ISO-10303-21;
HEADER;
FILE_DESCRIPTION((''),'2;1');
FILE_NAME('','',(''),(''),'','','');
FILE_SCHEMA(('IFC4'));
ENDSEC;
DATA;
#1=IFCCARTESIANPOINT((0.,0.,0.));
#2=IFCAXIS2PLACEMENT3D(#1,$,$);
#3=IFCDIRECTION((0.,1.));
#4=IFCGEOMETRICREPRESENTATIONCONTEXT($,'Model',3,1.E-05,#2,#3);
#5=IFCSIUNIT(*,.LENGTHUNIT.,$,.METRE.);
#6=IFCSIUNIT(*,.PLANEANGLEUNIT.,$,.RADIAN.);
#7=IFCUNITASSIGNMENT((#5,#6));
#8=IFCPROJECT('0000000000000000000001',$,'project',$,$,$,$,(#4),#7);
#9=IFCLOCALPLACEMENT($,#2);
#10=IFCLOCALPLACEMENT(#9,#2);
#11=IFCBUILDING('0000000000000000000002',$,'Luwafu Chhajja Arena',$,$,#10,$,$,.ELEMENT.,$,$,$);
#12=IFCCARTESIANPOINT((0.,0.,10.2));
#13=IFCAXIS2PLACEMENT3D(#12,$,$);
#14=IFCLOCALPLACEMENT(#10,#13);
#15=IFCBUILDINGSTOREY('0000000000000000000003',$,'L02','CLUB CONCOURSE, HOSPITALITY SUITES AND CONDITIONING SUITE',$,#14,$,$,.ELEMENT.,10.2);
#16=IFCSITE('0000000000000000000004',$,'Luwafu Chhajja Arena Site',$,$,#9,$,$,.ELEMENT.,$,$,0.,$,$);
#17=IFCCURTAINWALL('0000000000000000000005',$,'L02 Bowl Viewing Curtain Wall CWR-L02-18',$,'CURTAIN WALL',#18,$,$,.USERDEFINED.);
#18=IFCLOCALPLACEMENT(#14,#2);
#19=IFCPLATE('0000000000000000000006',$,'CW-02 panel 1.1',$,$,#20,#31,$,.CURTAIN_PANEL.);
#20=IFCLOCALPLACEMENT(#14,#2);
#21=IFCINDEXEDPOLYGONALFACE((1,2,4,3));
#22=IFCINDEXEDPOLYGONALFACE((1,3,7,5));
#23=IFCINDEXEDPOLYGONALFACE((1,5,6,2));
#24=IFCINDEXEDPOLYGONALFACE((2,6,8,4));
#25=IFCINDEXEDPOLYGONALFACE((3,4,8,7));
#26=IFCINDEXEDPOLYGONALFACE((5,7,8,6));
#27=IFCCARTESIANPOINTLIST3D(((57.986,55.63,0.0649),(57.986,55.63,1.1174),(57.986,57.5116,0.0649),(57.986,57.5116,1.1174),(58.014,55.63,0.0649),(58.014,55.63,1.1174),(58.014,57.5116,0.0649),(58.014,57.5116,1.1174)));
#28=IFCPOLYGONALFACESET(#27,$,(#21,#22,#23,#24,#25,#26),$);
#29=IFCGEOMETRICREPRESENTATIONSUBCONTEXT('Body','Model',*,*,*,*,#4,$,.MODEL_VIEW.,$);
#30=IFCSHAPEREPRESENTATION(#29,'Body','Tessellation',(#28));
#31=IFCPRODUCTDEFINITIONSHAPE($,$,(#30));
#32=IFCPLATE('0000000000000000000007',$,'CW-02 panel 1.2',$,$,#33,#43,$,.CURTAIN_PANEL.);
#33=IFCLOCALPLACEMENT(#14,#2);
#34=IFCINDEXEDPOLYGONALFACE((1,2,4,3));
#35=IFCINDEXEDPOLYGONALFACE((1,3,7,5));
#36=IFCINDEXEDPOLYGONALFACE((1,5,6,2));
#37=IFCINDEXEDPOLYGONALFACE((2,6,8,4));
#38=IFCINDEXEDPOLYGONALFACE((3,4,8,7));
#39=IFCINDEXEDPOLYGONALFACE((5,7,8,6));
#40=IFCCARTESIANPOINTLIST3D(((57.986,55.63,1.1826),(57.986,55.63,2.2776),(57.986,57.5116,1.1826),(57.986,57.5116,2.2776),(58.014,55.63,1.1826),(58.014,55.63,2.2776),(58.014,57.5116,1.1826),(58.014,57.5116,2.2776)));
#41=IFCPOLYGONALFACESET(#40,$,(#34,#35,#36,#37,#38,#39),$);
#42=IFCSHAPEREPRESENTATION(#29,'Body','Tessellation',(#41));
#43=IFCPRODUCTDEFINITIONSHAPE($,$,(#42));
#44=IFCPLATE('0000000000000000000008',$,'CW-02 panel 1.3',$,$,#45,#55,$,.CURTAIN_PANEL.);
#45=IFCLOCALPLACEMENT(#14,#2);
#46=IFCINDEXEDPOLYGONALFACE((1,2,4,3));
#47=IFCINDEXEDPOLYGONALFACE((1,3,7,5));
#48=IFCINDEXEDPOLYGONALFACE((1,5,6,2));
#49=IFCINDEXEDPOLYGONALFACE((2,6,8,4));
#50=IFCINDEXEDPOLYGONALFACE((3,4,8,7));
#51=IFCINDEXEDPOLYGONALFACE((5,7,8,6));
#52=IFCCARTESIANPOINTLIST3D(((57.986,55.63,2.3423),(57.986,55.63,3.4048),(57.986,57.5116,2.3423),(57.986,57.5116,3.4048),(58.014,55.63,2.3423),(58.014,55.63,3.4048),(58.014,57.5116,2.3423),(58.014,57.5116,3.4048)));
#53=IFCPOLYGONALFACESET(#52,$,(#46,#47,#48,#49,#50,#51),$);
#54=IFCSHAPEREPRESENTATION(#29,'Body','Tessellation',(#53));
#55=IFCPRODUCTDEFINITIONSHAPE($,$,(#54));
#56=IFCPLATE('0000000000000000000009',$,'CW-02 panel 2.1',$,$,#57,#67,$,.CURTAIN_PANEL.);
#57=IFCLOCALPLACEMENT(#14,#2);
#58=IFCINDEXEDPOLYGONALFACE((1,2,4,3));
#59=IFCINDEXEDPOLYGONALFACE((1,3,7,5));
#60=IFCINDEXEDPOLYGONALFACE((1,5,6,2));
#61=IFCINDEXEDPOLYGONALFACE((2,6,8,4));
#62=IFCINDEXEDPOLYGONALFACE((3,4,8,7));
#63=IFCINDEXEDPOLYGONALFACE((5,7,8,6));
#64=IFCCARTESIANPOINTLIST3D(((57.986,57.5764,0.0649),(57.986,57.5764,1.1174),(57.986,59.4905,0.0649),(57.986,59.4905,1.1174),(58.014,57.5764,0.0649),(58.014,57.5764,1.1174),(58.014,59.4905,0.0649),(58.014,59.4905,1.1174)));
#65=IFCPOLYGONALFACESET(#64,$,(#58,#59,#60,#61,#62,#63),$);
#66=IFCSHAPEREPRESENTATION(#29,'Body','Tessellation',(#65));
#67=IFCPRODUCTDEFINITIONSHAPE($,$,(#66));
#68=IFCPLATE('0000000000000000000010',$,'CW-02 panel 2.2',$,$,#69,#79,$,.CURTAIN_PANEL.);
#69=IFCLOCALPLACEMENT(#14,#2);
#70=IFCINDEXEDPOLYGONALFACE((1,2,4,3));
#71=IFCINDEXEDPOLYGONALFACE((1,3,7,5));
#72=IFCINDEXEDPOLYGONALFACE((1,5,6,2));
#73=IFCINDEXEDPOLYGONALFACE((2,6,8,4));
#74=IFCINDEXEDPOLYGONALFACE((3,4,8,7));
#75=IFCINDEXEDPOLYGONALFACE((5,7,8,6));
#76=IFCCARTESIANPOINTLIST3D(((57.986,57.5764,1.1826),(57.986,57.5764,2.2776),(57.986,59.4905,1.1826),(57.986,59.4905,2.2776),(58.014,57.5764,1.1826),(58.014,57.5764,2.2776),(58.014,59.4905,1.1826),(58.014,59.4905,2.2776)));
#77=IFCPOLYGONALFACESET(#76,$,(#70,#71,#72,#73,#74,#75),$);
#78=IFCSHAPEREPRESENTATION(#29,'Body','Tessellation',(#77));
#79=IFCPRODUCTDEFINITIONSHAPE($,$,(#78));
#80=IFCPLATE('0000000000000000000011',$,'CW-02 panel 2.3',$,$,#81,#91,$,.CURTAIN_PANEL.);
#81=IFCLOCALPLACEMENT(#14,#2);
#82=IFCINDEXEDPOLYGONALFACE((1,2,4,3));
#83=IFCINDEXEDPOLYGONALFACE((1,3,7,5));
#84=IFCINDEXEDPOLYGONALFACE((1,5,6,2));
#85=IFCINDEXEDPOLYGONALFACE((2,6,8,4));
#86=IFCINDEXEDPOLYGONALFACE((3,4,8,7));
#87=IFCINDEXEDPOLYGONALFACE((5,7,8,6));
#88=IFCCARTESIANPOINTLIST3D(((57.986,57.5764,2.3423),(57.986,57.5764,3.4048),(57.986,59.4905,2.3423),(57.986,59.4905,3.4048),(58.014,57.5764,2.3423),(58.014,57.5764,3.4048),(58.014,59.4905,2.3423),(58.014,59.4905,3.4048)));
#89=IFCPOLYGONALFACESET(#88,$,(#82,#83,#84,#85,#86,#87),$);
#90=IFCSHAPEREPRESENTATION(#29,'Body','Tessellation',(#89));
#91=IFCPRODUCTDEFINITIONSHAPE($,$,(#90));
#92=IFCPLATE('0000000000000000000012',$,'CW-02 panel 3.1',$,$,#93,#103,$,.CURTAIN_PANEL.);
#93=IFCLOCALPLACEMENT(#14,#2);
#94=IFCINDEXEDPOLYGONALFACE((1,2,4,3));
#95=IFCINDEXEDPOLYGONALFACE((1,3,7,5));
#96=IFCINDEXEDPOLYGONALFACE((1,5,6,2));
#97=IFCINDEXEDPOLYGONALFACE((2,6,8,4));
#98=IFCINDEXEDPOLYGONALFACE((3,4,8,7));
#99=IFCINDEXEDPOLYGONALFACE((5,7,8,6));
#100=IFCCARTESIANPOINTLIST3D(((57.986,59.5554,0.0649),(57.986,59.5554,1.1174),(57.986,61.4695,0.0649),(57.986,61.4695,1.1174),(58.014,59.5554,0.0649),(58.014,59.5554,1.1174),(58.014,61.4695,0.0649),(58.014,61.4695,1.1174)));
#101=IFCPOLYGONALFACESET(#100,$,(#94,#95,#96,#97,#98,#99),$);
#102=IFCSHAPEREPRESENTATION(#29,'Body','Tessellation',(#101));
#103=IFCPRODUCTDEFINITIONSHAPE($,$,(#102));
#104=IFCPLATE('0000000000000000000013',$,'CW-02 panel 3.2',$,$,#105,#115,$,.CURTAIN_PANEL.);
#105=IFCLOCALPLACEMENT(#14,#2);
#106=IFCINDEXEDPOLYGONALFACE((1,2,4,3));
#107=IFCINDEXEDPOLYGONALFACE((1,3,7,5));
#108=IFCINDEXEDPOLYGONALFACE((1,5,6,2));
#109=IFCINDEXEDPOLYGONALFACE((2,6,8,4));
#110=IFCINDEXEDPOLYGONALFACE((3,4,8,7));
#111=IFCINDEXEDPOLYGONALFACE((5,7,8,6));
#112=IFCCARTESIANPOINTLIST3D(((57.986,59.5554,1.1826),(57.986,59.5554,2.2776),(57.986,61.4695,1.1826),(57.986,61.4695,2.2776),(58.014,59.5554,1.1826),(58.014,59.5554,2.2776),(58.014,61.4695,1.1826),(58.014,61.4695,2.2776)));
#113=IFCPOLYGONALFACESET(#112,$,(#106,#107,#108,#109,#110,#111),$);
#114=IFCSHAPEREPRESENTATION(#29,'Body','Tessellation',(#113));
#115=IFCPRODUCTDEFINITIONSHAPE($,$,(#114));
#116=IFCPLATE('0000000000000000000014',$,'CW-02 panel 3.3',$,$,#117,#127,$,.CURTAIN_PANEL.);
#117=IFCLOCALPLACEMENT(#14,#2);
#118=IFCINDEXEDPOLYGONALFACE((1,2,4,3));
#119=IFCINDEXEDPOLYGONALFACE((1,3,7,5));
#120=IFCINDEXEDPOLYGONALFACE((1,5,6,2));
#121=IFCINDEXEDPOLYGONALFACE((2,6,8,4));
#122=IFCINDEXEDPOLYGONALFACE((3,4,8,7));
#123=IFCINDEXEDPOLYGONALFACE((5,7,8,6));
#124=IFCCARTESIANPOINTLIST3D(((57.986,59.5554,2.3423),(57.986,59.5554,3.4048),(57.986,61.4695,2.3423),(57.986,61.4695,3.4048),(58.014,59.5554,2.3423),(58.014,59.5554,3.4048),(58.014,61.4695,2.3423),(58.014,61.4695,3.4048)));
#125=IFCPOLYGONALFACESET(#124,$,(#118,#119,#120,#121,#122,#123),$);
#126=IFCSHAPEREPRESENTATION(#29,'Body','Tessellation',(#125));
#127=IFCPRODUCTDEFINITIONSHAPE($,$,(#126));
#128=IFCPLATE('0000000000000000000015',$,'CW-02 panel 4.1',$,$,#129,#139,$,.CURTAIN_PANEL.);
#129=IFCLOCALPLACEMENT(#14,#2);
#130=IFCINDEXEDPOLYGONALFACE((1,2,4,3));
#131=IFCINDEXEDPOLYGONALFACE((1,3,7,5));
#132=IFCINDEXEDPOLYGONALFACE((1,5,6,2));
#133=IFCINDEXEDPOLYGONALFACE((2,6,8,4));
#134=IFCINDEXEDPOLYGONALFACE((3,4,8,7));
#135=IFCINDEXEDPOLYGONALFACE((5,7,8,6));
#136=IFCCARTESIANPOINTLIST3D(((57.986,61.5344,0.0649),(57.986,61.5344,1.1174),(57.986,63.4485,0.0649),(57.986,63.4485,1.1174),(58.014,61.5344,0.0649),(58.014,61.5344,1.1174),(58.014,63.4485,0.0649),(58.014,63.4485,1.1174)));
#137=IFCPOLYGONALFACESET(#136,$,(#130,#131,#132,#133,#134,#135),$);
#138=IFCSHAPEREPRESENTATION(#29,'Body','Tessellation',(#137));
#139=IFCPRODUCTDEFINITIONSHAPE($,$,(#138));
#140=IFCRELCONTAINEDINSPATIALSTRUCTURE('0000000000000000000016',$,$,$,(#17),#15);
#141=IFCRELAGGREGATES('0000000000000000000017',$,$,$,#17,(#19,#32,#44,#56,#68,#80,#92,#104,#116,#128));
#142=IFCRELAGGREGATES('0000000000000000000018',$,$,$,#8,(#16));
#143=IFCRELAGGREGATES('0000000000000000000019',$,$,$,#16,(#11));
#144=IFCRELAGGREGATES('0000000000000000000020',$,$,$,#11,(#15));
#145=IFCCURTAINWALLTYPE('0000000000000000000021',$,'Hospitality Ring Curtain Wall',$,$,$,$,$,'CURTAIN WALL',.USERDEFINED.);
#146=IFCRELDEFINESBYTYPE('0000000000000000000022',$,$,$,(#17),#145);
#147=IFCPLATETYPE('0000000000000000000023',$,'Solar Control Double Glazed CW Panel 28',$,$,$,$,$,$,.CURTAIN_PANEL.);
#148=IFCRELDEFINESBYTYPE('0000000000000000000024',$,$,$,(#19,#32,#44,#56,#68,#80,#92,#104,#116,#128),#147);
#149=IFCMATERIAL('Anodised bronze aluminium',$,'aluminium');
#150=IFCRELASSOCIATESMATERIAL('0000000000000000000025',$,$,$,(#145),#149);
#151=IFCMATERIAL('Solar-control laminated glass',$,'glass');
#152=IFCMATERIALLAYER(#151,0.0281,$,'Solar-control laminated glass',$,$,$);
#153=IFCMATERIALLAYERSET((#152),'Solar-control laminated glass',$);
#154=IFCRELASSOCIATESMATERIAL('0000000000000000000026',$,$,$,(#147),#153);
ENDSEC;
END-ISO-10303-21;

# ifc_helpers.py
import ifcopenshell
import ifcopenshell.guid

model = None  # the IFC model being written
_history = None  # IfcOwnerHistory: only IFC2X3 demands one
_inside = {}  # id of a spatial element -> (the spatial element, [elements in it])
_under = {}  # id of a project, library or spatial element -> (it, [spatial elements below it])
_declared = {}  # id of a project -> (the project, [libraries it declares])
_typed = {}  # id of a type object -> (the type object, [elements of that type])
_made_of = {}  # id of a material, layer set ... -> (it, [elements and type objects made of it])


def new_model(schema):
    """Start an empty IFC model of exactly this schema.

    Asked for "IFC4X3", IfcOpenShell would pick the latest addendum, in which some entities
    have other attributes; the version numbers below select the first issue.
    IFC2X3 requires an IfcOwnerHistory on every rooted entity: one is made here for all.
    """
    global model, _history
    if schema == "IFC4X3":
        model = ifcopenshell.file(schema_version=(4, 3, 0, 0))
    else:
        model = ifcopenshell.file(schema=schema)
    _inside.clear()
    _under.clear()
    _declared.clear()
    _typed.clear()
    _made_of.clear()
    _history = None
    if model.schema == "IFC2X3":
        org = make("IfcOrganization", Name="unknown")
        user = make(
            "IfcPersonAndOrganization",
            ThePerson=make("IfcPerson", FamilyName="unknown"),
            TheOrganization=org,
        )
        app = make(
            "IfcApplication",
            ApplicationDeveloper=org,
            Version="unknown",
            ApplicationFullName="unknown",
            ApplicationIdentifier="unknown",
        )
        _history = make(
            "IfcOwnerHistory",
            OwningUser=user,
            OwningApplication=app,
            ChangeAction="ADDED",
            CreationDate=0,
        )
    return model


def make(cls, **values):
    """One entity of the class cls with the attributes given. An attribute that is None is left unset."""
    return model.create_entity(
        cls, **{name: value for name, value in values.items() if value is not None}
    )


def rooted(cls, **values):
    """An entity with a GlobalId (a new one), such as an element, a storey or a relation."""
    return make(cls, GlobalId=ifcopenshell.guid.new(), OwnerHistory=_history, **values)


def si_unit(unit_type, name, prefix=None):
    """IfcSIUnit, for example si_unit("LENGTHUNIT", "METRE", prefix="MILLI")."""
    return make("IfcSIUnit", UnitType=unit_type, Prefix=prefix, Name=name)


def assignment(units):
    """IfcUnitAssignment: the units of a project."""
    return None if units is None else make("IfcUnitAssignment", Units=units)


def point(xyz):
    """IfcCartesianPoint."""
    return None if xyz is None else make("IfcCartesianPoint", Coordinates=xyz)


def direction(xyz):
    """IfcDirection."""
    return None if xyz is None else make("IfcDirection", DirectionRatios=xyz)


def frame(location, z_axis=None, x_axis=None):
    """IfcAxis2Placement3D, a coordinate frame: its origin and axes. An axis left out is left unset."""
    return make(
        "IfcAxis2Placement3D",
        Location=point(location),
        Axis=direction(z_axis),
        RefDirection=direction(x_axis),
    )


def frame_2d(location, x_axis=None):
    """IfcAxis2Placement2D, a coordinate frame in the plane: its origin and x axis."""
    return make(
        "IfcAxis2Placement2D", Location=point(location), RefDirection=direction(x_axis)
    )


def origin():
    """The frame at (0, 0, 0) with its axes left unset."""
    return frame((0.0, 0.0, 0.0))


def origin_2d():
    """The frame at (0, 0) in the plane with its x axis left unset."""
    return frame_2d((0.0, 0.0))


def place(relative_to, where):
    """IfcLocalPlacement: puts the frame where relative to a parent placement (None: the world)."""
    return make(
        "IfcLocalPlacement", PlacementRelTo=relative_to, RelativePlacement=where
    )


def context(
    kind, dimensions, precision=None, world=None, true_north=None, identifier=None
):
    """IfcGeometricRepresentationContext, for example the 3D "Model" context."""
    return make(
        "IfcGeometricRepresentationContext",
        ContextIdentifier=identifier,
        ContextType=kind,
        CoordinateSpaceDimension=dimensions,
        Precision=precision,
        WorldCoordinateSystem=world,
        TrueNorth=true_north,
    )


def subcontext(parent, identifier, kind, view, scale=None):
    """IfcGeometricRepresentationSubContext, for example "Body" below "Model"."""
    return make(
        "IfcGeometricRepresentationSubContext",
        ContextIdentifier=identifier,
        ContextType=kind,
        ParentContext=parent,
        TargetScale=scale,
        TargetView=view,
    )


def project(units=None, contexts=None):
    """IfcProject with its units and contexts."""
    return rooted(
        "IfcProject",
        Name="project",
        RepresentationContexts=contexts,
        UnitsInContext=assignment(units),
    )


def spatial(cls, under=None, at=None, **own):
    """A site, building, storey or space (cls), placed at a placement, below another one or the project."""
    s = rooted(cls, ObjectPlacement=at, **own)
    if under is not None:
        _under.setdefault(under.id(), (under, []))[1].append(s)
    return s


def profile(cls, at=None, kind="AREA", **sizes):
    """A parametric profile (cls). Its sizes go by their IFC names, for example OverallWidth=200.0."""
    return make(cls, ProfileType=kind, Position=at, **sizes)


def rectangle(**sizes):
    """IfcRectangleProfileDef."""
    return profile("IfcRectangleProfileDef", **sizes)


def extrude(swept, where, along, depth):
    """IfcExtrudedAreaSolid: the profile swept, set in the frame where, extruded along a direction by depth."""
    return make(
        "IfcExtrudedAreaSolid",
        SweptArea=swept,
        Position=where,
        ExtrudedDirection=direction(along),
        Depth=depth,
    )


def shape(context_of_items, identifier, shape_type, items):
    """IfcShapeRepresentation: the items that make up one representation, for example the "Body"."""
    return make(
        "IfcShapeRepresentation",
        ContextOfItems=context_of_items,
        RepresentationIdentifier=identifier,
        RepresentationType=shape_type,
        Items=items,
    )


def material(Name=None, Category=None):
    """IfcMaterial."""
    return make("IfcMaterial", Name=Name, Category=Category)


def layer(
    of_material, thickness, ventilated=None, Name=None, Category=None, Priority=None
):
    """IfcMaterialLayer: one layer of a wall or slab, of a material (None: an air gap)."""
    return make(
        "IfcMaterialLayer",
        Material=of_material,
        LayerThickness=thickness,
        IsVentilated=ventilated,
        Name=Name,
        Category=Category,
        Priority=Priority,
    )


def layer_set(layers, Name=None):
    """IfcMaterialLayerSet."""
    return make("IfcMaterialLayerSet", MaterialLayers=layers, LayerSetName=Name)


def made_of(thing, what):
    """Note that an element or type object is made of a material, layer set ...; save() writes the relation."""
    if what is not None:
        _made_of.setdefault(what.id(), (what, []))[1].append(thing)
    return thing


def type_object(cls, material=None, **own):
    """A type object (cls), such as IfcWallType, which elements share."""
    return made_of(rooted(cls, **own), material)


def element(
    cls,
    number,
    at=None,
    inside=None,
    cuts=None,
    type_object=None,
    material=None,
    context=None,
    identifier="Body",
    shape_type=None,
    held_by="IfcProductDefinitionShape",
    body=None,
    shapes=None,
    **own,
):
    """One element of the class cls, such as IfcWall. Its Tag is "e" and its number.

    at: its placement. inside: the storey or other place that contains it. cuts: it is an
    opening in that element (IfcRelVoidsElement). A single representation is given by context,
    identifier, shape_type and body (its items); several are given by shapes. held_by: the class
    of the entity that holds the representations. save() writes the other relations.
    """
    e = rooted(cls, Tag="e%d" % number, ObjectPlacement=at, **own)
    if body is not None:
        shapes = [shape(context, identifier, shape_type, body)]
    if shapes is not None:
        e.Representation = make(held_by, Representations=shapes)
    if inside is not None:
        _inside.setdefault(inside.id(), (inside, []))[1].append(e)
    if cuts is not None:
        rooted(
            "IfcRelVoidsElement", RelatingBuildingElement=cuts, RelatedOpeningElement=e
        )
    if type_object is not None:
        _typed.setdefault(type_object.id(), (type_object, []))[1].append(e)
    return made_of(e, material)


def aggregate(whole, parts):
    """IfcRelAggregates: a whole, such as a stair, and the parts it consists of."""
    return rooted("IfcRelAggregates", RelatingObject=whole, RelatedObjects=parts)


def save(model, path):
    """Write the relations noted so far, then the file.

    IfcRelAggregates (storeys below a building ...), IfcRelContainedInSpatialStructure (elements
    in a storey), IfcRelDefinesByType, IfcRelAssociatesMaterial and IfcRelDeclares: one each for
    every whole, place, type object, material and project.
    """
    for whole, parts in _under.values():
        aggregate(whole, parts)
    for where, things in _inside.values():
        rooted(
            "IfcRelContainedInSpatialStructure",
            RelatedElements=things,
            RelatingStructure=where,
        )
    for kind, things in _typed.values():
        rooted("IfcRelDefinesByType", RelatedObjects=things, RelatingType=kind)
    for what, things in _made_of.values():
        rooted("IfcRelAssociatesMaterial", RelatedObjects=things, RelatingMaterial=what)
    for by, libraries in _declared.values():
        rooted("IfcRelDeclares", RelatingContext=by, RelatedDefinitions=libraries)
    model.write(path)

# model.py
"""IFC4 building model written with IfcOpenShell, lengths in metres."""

from ifc_helpers import new_model, si_unit, direction, frame, origin, origin_2d, place, context, subcontext, project, spatial, rectangle, extrude, material, layer, layer_set, type_object, element, aggregate, save


model = new_model("IFC4")

# Units and contexts
model_context = context("Model", 3, precision=1e-05, world=origin(), true_north=direction((0.0, 1.0)))
body_context = subcontext(model_context, "Body", "Model", "MODEL_VIEW")
ifc_project = project(units=[si_unit("LENGTHUNIT", "METRE"), si_unit("PLANEANGLEUNIT", "RADIAN")], contexts=[model_context])

# Site, building, storey
site_placement = place(None, origin())
site = spatial("IfcSite", under=ifc_project, at=site_placement, Name="Luwafu Chhajja Arena Site", CompositionType="ELEMENT", RefElevation=0.0)
building_placement = place(site_placement, origin())
building = spatial("IfcBuilding", under=site, at=building_placement, Name="Luwafu Chhajja Arena", CompositionType="ELEMENT")
storey_placement = place(building_placement, frame((0.0, 0.0, 10.2)))
storey = spatial("IfcBuildingStorey", under=building, at=storey_placement, Name="L02", Description="CLUB CONCOURSE, HOSPITALITY SUITES AND CONDITIONING SUITE", CompositionType="ELEMENT", Elevation=10.2)

# Curtain wall, plates
ifc_material_1 = material(Name="Anodised bronze aluminium", Category="aluminium")
curtain_wall_type = type_object("IfcCurtainWallType", Name="Hospitality Ring Curtain Wall", ElementType="CURTAIN WALL", PredefinedType="USERDEFINED", material=ifc_material_1)
curtain_wall_placement = place(storey_placement, origin())
curtain_wall = element("IfcCurtainWall", 1, at=curtain_wall_placement, inside=storey, type_object=curtain_wall_type, Name="L02 Bowl Viewing Curtain Wall CWR-L02-18", ObjectType="CURTAIN WALL", PredefinedType="USERDEFINED")
ifc_material_2 = material(Name="Solar-control laminated glass", Category="glass")
ifc_layer = layer(ifc_material_2, 0.0281, Name="Solar-control laminated glass")
ifc_layer_set = layer_set([ifc_layer], Name="Solar-control laminated glass")
plate_type = type_object("IfcPlateType", Name="Solar Control Double Glazed CW Panel 28", PredefinedType="CURTAIN_PANEL", material=ifc_layer_set)
plate_1_placement = place(storey_placement, frame((58.0, 56.5708, 0.0649), z_axis=(0.0, 0.0, 1.0), x_axis=(0.0, 1.0, 0.0)))
plate_1 = element("IfcPlate", 2, at=plate_1_placement, type_object=plate_type, Name="CW-02 panel 1.1", PredefinedType="CURTAIN_PANEL", context=body_context, shape_type="SweptSolid", body=[
    extrude(rectangle(XDim=1.8816, YDim=0.0281, at=origin_2d()), origin(), (0.0, 0.0, 1.0), 1.0525),
])
plate_2_placement = place(storey_placement, frame((58.0, 56.5708, 1.1826), z_axis=(0.0, 0.0, 1.0), x_axis=(0.0, 1.0, 0.0)))
plate_2 = element("IfcPlate", 3, at=plate_2_placement, type_object=plate_type, Name="CW-02 panel 1.2", PredefinedType="CURTAIN_PANEL", context=body_context, shape_type="SweptSolid", body=[
    extrude(rectangle(XDim=1.8816, YDim=0.0281, at=origin_2d()), origin(), (0.0, 0.0, 1.0), 1.095),
])
plate_3_placement = place(storey_placement, frame((58.0, 56.5708, 2.3423), z_axis=(0.0, 0.0, 1.0), x_axis=(0.0, 1.0, 0.0)))
plate_3 = element("IfcPlate", 4, at=plate_3_placement, type_object=plate_type, Name="CW-02 panel 1.3", PredefinedType="CURTAIN_PANEL", context=body_context, shape_type="SweptSolid", body=[
    extrude(rectangle(XDim=1.8816, YDim=0.0281, at=origin_2d()), origin(), (0.0, 0.0, 1.0), 1.0625),
])
plate_4_placement = place(storey_placement, frame((58.0, 58.5334, 0.0649), z_axis=(0.0, 0.0, 1.0), x_axis=(0.0, 1.0, 0.0)))
plate_4 = element("IfcPlate", 5, at=plate_4_placement, type_object=plate_type, Name="CW-02 panel 2.1", PredefinedType="CURTAIN_PANEL", context=body_context, shape_type="SweptSolid", body=[
    extrude(rectangle(XDim=1.9141, YDim=0.0281, at=origin_2d()), origin(), (0.0, 0.0, 1.0), 1.0525),
])
plate_5_placement = place(storey_placement, frame((58.0, 58.5334, 1.1826), z_axis=(0.0, 0.0, 1.0), x_axis=(0.0, 1.0, 0.0)))
plate_5 = element("IfcPlate", 6, at=plate_5_placement, type_object=plate_type, Name="CW-02 panel 2.2", PredefinedType="CURTAIN_PANEL", context=body_context, shape_type="SweptSolid", body=[
    extrude(rectangle(XDim=1.9141, YDim=0.0281, at=origin_2d()), origin(), (0.0, 0.0, 1.0), 1.095),
])
plate_6_placement = place(storey_placement, frame((58.0, 58.5334, 2.3423), z_axis=(0.0, 0.0, 1.0), x_axis=(0.0, 1.0, 0.0)))
plate_6 = element("IfcPlate", 7, at=plate_6_placement, type_object=plate_type, Name="CW-02 panel 2.3", PredefinedType="CURTAIN_PANEL", context=body_context, shape_type="SweptSolid", body=[
    extrude(rectangle(XDim=1.9141, YDim=0.0281, at=origin_2d()), origin(), (0.0, 0.0, 1.0), 1.0625),
])
plate_7_placement = place(storey_placement, frame((58.0, 60.5125, 0.0649), z_axis=(0.0, 0.0, 1.0), x_axis=(0.0, 1.0, 0.0)))
plate_7 = element("IfcPlate", 8, at=plate_7_placement, type_object=plate_type, Name="CW-02 panel 3.1", PredefinedType="CURTAIN_PANEL", context=body_context, shape_type="SweptSolid", body=[
    extrude(rectangle(XDim=1.9141, YDim=0.0281, at=origin_2d()), origin(), (0.0, 0.0, 1.0), 1.0525),
])
plate_8_placement = place(storey_placement, frame((58.0, 60.5125, 1.1826), z_axis=(0.0, 0.0, 1.0), x_axis=(0.0, 1.0, 0.0)))
plate_8 = element("IfcPlate", 9, at=plate_8_placement, type_object=plate_type, Name="CW-02 panel 3.2", PredefinedType="CURTAIN_PANEL", context=body_context, shape_type="SweptSolid", body=[
    extrude(rectangle(XDim=1.9141, YDim=0.0281, at=origin_2d()), origin(), (0.0, 0.0, 1.0), 1.095),
])
plate_9_placement = place(storey_placement, frame((58.0, 60.5125, 2.3423), z_axis=(0.0, 0.0, 1.0), x_axis=(0.0, 1.0, 0.0)))
plate_9 = element("IfcPlate", 10, at=plate_9_placement, type_object=plate_type, Name="CW-02 panel 3.3", PredefinedType="CURTAIN_PANEL", context=body_context, shape_type="SweptSolid", body=[
    extrude(rectangle(XDim=1.9141, YDim=0.0281, at=origin_2d()), origin(), (0.0, 0.0, 1.0), 1.0625),
])
plate_10_placement = place(storey_placement, frame((58.0, 62.4915, 0.0649), z_axis=(0.0, 0.0, 1.0), x_axis=(0.0, 1.0, 0.0)))
plate_10 = element("IfcPlate", 11, at=plate_10_placement, type_object=plate_type, Name="CW-02 panel 4.1", PredefinedType="CURTAIN_PANEL", context=body_context, shape_type="SweptSolid", body=[
    extrude(rectangle(XDim=1.9141, YDim=0.0281, at=origin_2d()), origin(), (0.0, 0.0, 1.0), 1.0525),
])
aggregate(curtain_wall, [plate_1, plate_2, plate_3, plate_4, plate_5, plate_6, plate_7, plate_8, plate_9, plate_10])

save(model, "model.ifc")
